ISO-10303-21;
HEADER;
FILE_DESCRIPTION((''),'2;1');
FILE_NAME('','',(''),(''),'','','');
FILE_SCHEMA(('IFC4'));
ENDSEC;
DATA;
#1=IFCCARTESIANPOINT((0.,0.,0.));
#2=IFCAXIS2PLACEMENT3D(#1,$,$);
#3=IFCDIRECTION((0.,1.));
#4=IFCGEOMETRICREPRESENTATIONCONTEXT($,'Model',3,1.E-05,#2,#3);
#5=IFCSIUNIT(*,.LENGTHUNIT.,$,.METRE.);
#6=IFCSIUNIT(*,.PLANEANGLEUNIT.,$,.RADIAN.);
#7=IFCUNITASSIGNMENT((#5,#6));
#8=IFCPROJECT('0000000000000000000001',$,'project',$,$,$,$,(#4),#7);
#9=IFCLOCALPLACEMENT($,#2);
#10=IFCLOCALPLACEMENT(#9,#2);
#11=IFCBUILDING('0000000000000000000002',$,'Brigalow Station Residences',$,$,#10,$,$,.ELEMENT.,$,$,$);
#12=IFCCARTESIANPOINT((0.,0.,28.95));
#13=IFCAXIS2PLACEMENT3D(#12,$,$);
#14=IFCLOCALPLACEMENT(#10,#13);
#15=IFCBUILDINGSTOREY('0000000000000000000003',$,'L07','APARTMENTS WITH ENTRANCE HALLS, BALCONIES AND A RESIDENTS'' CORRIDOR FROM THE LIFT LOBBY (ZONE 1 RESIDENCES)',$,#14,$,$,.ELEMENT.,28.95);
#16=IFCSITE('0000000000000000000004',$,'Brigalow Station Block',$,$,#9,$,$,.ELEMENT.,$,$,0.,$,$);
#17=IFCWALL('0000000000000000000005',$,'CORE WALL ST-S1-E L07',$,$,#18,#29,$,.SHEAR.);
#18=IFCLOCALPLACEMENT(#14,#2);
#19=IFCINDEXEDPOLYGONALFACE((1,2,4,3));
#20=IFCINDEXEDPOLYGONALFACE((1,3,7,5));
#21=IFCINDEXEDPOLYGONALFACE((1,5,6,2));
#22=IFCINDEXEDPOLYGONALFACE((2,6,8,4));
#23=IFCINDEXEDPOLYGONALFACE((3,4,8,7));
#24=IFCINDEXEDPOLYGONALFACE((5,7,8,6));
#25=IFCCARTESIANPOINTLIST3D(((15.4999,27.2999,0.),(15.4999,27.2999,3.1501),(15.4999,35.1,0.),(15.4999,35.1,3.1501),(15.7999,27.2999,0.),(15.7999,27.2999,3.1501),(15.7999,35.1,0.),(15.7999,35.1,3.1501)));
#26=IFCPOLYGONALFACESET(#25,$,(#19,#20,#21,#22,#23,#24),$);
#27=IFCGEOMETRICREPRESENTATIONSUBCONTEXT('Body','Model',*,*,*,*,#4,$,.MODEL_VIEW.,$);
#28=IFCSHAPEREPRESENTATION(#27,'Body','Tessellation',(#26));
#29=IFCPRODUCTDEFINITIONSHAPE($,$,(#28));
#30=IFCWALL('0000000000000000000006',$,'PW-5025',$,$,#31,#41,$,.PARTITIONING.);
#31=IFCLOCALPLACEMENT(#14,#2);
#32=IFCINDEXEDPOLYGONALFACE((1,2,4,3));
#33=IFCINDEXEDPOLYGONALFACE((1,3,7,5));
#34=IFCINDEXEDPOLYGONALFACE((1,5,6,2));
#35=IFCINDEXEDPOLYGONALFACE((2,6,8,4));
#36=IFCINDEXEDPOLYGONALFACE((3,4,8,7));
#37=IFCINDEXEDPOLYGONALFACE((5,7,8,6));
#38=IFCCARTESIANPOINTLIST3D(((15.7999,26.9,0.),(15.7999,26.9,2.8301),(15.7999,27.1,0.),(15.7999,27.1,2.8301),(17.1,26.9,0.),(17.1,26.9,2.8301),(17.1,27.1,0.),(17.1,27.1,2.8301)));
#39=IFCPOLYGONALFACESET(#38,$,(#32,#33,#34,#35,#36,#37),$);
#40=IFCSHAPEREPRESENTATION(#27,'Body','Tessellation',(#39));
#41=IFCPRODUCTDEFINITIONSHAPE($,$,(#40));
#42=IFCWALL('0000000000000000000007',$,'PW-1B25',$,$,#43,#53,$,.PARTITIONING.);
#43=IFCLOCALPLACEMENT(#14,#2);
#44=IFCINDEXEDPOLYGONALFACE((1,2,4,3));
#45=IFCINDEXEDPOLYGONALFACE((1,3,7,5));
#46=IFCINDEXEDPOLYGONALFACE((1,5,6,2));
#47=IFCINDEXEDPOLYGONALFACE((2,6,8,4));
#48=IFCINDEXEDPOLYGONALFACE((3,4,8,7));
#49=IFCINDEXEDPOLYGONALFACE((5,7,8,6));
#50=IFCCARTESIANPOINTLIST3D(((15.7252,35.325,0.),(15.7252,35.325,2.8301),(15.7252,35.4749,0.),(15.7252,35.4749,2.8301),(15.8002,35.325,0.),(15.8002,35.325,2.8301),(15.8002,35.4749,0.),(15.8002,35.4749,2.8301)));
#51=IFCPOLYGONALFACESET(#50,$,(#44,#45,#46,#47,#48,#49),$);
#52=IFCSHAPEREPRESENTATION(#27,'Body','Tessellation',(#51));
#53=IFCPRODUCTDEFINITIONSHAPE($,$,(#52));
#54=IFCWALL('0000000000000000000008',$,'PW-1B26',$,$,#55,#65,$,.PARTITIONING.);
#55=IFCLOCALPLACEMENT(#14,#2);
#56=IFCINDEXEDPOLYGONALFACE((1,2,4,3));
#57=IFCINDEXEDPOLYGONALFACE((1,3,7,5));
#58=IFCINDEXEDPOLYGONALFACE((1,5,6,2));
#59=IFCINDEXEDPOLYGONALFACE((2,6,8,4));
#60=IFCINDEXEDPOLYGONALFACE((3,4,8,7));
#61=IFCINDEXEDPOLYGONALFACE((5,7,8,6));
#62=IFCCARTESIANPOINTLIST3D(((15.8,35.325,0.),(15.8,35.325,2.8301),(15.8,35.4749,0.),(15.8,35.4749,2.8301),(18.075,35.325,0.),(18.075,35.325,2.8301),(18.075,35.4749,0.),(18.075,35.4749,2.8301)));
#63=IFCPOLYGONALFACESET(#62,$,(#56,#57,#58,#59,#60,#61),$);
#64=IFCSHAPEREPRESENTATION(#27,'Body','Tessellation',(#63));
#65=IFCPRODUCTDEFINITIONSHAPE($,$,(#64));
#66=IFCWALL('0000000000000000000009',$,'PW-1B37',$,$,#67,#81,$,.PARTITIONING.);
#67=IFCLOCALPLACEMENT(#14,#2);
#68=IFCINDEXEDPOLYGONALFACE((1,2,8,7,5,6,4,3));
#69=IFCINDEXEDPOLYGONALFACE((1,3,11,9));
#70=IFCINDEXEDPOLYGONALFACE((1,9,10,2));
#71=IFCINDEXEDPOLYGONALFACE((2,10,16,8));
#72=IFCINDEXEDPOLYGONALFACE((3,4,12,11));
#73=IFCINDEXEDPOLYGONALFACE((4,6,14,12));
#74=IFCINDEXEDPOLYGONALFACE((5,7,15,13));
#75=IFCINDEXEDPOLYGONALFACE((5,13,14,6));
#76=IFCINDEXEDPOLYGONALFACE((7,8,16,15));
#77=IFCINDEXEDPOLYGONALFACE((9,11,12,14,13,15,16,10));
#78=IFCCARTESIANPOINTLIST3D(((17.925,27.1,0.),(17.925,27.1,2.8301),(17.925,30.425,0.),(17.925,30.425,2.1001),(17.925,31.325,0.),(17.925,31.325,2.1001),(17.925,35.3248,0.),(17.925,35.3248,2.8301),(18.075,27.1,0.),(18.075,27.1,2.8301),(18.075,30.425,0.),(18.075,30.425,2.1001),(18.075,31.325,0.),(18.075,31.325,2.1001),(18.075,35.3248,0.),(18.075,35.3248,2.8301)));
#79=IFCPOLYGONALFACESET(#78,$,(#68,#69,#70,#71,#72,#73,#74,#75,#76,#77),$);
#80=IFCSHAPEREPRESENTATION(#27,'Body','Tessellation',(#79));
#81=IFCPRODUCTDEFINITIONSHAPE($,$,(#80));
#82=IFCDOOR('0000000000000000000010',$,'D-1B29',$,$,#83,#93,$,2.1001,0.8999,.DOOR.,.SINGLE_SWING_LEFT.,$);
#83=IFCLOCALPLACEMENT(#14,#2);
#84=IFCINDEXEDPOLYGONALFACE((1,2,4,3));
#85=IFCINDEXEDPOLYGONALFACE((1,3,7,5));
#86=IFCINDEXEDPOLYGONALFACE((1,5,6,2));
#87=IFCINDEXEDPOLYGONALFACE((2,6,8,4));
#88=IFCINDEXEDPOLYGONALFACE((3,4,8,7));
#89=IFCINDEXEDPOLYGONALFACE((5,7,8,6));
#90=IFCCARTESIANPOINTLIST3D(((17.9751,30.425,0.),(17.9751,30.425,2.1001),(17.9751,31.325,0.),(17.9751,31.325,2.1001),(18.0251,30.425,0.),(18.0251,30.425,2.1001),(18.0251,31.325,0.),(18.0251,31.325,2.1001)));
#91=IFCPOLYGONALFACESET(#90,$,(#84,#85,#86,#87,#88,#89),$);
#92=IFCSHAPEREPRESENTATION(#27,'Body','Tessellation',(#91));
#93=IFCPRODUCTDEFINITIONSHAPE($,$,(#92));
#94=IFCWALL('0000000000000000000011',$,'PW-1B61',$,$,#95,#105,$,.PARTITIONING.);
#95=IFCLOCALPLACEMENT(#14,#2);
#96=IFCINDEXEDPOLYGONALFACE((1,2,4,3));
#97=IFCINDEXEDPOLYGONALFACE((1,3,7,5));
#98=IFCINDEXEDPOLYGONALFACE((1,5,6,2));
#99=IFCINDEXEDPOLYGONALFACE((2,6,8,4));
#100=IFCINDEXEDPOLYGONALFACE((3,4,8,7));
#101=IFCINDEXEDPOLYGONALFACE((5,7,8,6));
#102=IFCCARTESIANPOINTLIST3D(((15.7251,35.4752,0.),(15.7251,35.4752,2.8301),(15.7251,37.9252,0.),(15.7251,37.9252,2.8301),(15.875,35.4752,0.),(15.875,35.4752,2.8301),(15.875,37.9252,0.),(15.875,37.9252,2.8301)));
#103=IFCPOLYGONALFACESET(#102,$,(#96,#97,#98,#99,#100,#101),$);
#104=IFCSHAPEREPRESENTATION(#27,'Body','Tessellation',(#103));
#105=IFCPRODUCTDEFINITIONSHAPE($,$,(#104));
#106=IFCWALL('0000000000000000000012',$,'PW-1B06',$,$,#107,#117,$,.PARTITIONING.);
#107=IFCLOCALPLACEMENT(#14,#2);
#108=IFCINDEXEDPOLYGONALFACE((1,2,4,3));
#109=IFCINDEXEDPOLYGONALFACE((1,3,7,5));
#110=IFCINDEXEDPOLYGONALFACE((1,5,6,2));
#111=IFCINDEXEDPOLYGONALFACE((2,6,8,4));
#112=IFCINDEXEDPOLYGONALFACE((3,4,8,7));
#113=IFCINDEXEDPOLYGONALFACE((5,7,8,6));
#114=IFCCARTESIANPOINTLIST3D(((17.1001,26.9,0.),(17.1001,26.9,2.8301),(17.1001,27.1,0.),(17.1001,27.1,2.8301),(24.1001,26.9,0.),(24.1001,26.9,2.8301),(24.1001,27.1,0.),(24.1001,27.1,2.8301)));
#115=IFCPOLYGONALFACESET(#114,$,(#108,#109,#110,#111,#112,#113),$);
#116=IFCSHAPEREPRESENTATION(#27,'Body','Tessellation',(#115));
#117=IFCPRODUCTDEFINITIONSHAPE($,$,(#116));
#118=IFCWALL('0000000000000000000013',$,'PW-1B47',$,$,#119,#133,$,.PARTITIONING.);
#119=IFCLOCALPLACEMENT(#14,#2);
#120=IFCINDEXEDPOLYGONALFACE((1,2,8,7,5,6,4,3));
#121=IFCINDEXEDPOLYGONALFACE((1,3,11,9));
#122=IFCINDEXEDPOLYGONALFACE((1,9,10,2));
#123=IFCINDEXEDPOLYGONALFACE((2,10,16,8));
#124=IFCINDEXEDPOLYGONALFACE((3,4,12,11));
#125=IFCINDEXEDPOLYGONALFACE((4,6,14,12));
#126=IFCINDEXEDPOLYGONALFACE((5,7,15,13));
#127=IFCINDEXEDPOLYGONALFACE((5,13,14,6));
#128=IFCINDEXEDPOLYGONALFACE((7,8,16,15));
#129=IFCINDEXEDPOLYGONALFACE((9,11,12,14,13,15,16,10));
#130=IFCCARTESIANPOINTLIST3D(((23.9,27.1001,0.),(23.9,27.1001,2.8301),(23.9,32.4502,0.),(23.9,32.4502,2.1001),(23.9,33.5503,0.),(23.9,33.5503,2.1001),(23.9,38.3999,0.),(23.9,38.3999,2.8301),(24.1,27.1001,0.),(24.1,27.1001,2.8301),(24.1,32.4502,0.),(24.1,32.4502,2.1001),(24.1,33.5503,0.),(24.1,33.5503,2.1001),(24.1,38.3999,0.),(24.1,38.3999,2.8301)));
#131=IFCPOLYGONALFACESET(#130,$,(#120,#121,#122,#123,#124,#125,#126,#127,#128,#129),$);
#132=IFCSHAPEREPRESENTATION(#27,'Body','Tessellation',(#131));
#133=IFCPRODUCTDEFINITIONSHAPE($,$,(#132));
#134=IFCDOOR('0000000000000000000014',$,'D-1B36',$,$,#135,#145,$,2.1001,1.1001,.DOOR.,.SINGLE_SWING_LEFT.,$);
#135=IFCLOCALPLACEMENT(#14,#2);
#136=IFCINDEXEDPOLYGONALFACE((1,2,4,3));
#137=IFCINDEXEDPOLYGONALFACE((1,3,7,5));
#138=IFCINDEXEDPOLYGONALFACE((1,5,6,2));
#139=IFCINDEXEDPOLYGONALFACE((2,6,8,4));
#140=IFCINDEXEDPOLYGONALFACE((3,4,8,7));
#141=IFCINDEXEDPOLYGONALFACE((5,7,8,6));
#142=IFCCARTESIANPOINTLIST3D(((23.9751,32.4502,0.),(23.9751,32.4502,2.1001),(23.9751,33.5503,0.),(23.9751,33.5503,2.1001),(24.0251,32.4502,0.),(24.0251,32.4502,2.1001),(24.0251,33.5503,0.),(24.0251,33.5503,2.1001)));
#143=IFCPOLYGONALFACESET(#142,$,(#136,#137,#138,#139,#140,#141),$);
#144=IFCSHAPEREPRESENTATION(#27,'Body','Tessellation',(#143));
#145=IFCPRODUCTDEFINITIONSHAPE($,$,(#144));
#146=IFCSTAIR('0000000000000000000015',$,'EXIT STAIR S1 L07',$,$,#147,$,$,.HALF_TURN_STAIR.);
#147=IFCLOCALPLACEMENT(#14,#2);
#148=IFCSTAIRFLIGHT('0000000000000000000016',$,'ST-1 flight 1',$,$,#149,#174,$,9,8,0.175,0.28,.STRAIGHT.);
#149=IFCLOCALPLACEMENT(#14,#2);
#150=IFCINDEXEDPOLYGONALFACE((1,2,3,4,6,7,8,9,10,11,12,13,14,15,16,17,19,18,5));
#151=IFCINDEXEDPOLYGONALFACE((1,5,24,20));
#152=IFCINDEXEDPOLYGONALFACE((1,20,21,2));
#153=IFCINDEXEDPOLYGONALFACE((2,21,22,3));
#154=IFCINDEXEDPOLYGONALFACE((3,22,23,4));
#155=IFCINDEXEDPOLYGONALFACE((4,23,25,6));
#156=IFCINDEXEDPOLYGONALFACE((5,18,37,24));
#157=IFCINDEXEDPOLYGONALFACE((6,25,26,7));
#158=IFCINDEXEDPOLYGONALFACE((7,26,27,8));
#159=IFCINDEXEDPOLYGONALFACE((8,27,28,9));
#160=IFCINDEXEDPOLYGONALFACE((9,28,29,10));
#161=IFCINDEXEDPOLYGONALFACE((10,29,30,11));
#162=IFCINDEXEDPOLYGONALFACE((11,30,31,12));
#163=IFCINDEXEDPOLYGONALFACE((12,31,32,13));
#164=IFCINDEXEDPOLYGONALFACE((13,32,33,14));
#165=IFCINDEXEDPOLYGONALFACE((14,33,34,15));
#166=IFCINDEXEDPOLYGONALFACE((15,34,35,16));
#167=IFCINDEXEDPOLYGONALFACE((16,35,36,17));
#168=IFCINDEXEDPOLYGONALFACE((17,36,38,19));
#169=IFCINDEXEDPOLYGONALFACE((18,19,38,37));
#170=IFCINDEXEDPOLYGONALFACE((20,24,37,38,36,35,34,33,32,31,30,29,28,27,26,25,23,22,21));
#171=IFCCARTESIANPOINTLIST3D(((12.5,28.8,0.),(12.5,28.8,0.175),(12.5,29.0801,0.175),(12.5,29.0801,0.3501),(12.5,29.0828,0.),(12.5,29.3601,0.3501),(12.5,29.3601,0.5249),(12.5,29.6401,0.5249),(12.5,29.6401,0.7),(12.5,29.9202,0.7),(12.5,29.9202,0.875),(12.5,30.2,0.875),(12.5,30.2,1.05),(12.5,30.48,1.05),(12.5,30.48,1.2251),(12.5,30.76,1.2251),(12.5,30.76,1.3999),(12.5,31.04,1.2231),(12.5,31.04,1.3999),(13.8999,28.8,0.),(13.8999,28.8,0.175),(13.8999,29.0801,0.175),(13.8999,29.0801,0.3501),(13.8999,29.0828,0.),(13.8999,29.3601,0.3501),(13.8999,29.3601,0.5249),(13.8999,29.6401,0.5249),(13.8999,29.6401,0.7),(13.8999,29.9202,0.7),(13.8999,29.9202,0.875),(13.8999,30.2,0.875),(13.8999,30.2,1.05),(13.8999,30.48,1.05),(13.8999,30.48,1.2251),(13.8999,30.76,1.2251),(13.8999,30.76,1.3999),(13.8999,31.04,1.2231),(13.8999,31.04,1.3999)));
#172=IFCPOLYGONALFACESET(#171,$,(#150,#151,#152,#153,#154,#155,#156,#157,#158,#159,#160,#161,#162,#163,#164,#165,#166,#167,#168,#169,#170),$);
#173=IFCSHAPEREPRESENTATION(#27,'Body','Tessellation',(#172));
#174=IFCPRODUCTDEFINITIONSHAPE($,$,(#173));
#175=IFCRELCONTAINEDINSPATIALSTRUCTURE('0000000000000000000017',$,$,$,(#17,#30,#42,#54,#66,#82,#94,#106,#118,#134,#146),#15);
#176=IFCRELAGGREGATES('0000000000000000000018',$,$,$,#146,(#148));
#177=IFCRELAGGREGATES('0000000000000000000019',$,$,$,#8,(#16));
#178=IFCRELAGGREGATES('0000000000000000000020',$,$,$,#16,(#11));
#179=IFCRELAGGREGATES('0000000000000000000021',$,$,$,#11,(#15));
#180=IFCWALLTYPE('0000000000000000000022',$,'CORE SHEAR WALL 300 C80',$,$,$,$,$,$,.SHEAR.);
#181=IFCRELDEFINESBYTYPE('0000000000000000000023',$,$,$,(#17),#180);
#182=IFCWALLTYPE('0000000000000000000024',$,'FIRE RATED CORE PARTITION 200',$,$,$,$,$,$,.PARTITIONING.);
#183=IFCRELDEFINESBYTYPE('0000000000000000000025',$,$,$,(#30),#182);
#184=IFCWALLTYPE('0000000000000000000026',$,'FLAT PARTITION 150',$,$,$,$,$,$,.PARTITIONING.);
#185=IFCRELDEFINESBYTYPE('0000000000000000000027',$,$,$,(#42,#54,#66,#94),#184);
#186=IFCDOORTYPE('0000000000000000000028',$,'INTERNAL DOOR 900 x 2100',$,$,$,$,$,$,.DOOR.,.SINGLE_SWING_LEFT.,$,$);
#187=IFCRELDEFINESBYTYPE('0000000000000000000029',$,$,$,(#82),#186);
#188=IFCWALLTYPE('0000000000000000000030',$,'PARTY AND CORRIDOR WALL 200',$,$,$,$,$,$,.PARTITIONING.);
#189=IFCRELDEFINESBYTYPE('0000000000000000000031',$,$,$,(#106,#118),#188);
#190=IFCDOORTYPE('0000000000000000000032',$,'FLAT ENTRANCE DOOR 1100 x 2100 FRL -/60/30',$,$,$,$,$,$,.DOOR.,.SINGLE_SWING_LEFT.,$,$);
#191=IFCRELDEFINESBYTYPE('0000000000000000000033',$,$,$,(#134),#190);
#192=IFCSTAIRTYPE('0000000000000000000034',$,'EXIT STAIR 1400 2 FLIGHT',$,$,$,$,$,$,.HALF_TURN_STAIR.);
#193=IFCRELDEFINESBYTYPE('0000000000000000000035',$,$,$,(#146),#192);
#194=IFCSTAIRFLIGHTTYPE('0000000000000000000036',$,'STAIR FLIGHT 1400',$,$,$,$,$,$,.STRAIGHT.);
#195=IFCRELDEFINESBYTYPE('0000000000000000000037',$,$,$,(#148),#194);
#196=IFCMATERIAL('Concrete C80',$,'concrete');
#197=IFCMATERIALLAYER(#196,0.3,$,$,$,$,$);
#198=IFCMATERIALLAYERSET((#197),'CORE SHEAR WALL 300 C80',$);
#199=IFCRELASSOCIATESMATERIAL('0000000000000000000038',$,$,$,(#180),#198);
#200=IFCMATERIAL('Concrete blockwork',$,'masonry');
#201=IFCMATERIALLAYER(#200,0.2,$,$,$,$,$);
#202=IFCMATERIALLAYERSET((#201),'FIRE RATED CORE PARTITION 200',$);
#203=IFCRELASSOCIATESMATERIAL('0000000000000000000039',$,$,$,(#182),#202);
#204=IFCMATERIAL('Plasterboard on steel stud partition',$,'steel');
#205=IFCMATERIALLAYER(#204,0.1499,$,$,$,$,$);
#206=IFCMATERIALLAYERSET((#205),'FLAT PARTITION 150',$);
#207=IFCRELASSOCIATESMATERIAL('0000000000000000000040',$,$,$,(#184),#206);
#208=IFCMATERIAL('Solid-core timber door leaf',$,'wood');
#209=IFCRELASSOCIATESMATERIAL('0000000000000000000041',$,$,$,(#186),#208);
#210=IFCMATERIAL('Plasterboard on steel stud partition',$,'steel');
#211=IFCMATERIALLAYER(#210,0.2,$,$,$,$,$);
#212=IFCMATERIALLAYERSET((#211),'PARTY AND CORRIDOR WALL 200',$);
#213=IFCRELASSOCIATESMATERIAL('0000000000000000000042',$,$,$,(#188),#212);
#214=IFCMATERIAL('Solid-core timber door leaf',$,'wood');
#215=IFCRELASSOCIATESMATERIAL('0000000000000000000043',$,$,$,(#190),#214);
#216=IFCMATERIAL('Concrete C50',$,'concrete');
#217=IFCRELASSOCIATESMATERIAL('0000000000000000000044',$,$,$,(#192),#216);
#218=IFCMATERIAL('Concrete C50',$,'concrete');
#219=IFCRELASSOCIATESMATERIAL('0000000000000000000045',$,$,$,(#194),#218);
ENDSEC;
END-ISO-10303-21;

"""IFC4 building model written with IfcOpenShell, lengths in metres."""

from ifc_helpers import new_model, si_unit, direction, frame, frame_2d, origin, place, context, subcontext, project, spatial, polyline, rectangle, outline, extrude, material, layer, layer_set, type_object, element, fill, aggregate, save


model = new_model("IFC4")

# Units and contexts
model_context = context("Model", 3, precision=1e-05, world=origin(), true_north=direction((0.0, 1.0)))
body_context = subcontext(model_context, "Body", "Model", "MODEL_VIEW")
ifc_project = project(units=[si_unit("LENGTHUNIT", "METRE"), si_unit("PLANEANGLEUNIT", "RADIAN")], contexts=[model_context])

# Site, building, storey
site_placement = place(None, origin())
site = spatial("IfcSite", under=ifc_project, at=site_placement, Name="Brigalow Station Block", CompositionType="ELEMENT", RefElevation=0.0)
building_placement = place(site_placement, origin())
building = spatial("IfcBuilding", under=site, at=building_placement, Name="Brigalow Station Residences", CompositionType="ELEMENT")
storey_placement = place(building_placement, frame((0.0, 0.0, 28.95)))
storey = spatial("IfcBuildingStorey", under=building, at=storey_placement, Name="L07", Description="APARTMENTS WITH ENTRANCE HALLS, BALCONIES AND A RESIDENTS' CORRIDOR FROM THE LIFT LOBBY (ZONE 1 RESIDENCES)", CompositionType="ELEMENT", Elevation=28.95)

# Walls
ifc_material_1 = material(Name="Concrete C80", Category="concrete")
ifc_layer_1 = layer(ifc_material_1, 0.3)
ifc_layer_set_1 = layer_set([ifc_layer_1], Name="CORE SHEAR WALL 300 C80")
wall_type_1 = type_object("IfcWallType", Name="CORE SHEAR WALL 300 C80", PredefinedType="SHEAR", material=ifc_layer_set_1)
wall_1_placement = place(storey_placement, frame((15.6499, 27.3, 0.0), z_axis=(0.0, 0.0, 1.0), x_axis=(0.0, 1.0, 0.0)))
element("IfcWall", 1, at=wall_1_placement, inside=storey, type_object=wall_type_1, Name="CORE WALL ST-S1-E L07", PredefinedType="SHEAR", context=body_context, shape_type="SweptSolid", body=[
    extrude(rectangle(XDim=7.8, YDim=0.3, at=frame_2d((3.8999, 0.0))), origin(), (0.0, 0.0, 1.0), 3.1501),
])
ifc_material_2 = material(Name="Concrete blockwork", Category="masonry")
ifc_layer_2 = layer(ifc_material_2, 0.2)
ifc_layer_set_2 = layer_set([ifc_layer_2], Name="FIRE RATED CORE PARTITION 200")
wall_type_2 = type_object("IfcWallType", Name="FIRE RATED CORE PARTITION 200", PredefinedType="PARTITIONING", material=ifc_layer_set_2)
wall_2_placement = place(storey_placement, frame((15.8, 27.0, 0.0), z_axis=(0.0, 0.0, 1.0), x_axis=(1.0, 0.0, 0.0)))
element("IfcWall", 2, at=wall_2_placement, inside=storey, type_object=wall_type_2, Name="PW-5025", PredefinedType="PARTITIONING", context=body_context, shape_type="SweptSolid", body=[
    extrude(rectangle(XDim=1.3, YDim=0.2, at=frame_2d((0.6499, 0.0))), origin(), (0.0, 0.0, 1.0), 2.8301),
])
ifc_material_3 = material(Name="Plasterboard on steel stud partition", Category="steel")
ifc_layer_3 = layer(ifc_material_3, 0.1499)
ifc_layer_set_3 = layer_set([ifc_layer_3], Name="FLAT PARTITION 150")
wall_type_3 = type_object("IfcWallType", Name="FLAT PARTITION 150", PredefinedType="PARTITIONING", material=ifc_layer_set_3)
wall_3_placement = place(storey_placement, frame((15.7251, 35.3999, 0.0), z_axis=(0.0, 0.0, 1.0), x_axis=(1.0, 0.0, 0.0)))
element("IfcWall", 3, at=wall_3_placement, inside=storey, type_object=wall_type_3, Name="PW-1B25", PredefinedType="PARTITIONING", context=body_context, shape_type="SweptSolid", body=[
    extrude(rectangle(XDim=0.075, YDim=0.1499, at=frame_2d((0.0376, 0.0))), origin(), (0.0, 0.0, 1.0), 2.8301),
])
wall_4_placement = place(storey_placement, frame((15.8, 35.3999, 0.0), z_axis=(0.0, 0.0, 1.0), x_axis=(1.0, 0.0, 0.0)))
element("IfcWall", 4, at=wall_4_placement, inside=storey, type_object=wall_type_3, Name="PW-1B26", PredefinedType="PARTITIONING", context=body_context, shape_type="SweptSolid", body=[
    extrude(rectangle(XDim=2.2749, YDim=0.1499, at=frame_2d((1.1375, 0.0))), origin(), (0.0, 0.0, 1.0), 2.8301),
])

# Wall, opening, door
wall_5_placement = place(storey_placement, frame((18.0, 27.1001, 0.0), z_axis=(0.0, 0.0, 1.0), x_axis=(0.0, 1.0, 0.0)))
wall_5 = element("IfcWall", 5, at=wall_5_placement, inside=storey, type_object=wall_type_3, Name="PW-1B37", PredefinedType="PARTITIONING", context=body_context, shape_type="SweptSolid", body=[
    extrude(rectangle(XDim=8.2249, YDim=0.1499, at=frame_2d((4.1123, 0.0))), origin(), (0.0, 0.0, 1.0), 2.8301),
])
opening_1_placement = place(wall_5_placement, frame((3.325, 0.0, 0.0)))
opening_1 = element("IfcOpeningElement", 6, at=opening_1_placement, cuts=wall_5, PredefinedType="OPENING", context=body_context, shape_type="SweptSolid", body=[
    extrude(rectangle(XDim=0.8999, YDim=2.1001, at=frame_2d((0.45, 1.05))), frame((0.0, 0.085, 0.0), z_axis=(0.0, -1.0, 0.0), x_axis=(1.0, 0.0, 0.0)), (0.0, 0.0, 1.0), 0.1699),
])
ifc_material_4 = material(Name="Solid-core timber door leaf", Category="wood")
door_type_1 = type_object("IfcDoorType", Name="INTERNAL DOOR 900 x 2100", OperationType="SINGLE_SWING_LEFT", PredefinedType="DOOR", material=ifc_material_4)
door_1_placement = place(opening_1_placement, origin())
door_1 = element("IfcDoor", 7, at=door_1_placement, inside=storey, type_object=door_type_1, Name="D-1B29", OperationType="SINGLE_SWING_LEFT", OverallHeight=2.1001, OverallWidth=0.8999, PredefinedType="DOOR", context=body_context, shape_type="SweptSolid", body=[
    extrude(rectangle(XDim=0.8999, YDim=2.1001, at=frame_2d((0.45, 1.05))), frame((0.0, 0.0249, 0.0), z_axis=(0.0, -1.0, 0.0), x_axis=(1.0, 0.0, 0.0)), (0.0, 0.0, 1.0), 0.05),
])
fill(opening_1, door_1)

# Walls
wall_6_placement = place(storey_placement, frame((15.8, 35.4751, 0.0), z_axis=(0.0, 0.0, 1.0), x_axis=(0.0, 1.0, 0.0)))
element("IfcWall", 8, at=wall_6_placement, inside=storey, type_object=wall_type_3, Name="PW-1B61", PredefinedType="PARTITIONING", context=body_context, shape_type="SweptSolid", body=[
    extrude(rectangle(XDim=2.45, YDim=0.1499, at=frame_2d((1.2251, 0.0))), origin(), (0.0, 0.0, 1.0), 2.8301),
])
ifc_material_5 = material(Name="Plasterboard on steel stud partition", Category="steel")
ifc_layer_4 = layer(ifc_material_5, 0.2)
ifc_layer_set_4 = layer_set([ifc_layer_4], Name="PARTY AND CORRIDOR WALL 200")
wall_type_4 = type_object("IfcWallType", Name="PARTY AND CORRIDOR WALL 200", PredefinedType="PARTITIONING", material=ifc_layer_set_4)
wall_7_placement = place(storey_placement, frame((17.1001, 27.0, 0.0), z_axis=(0.0, 0.0, 1.0), x_axis=(1.0, 0.0, 0.0)))
element("IfcWall", 9, at=wall_7_placement, inside=storey, type_object=wall_type_4, Name="PW-1B06", PredefinedType="PARTITIONING", context=body_context, shape_type="SweptSolid", body=[
    extrude(rectangle(XDim=7.0, YDim=0.2, at=frame_2d((3.5, 0.0))), origin(), (0.0, 0.0, 1.0), 2.8301),
])

# Wall, opening, door
wall_8_placement = place(storey_placement, frame((24.0, 27.1001, 0.0), z_axis=(0.0, 0.0, 1.0), x_axis=(0.0, 1.0, 0.0)))
wall_8 = element("IfcWall", 10, at=wall_8_placement, inside=storey, type_object=wall_type_4, Name="PW-1B47", PredefinedType="PARTITIONING", context=body_context, shape_type="SweptSolid", body=[
    extrude(rectangle(XDim=11.2998, YDim=0.2, at=frame_2d((5.6499, 0.0))), origin(), (0.0, 0.0, 1.0), 2.8301),
])
opening_2_placement = place(wall_8_placement, frame((5.3501, 0.0, 0.0)))
opening_2 = element("IfcOpeningElement", 11, at=opening_2_placement, cuts=wall_8, PredefinedType="OPENING", context=body_context, shape_type="SweptSolid", body=[
    extrude(rectangle(XDim=1.1001, YDim=2.1001, at=frame_2d((0.55, 1.05))), frame((0.0, 0.1099, 0.0), z_axis=(0.0, -1.0, 0.0), x_axis=(1.0, 0.0, 0.0)), (0.0, 0.0, 1.0), 0.22),
])
ifc_material_6 = material(Name="Solid-core timber door leaf", Category="wood")
door_type_2 = type_object("IfcDoorType", Name="FLAT ENTRANCE DOOR 1100 x 2100 FRL -/60/30", OperationType="SINGLE_SWING_LEFT", PredefinedType="DOOR", material=ifc_material_6)
door_2_placement = place(opening_2_placement, origin())
door_2 = element("IfcDoor", 12, at=door_2_placement, inside=storey, type_object=door_type_2, Name="D-1B36", OperationType="SINGLE_SWING_LEFT", OverallHeight=2.1001, OverallWidth=1.1001, PredefinedType="DOOR", context=body_context, shape_type="SweptSolid", body=[
    extrude(rectangle(XDim=1.1001, YDim=2.1001, at=frame_2d((0.55, 1.05))), frame((0.0, 0.0249, 0.0), z_axis=(0.0, -1.0, 0.0), x_axis=(1.0, 0.0, 0.0)), (0.0, 0.0, 1.0), 0.05),
])
fill(opening_2, door_2)

# Stair, stair flight
ifc_material_7 = material(Name="Concrete C50", Category="concrete")
stair_type = type_object("IfcStairType", Name="EXIT STAIR 1400 2 FLIGHT", PredefinedType="HALF_TURN_STAIR", material=ifc_material_7)
stair_placement = place(storey_placement, origin())
stair = element("IfcStair", 13, at=stair_placement, inside=storey, type_object=stair_type, Name="EXIT STAIR S1 L07", PredefinedType="HALF_TURN_STAIR")
ifc_material_8 = material(Name="Concrete C50", Category="concrete")
stair_flight_type = type_object("IfcStairFlightType", Name="STAIR FLIGHT 1400", PredefinedType="STRAIGHT", material=ifc_material_8)
stair_flight_1_placement = place(storey_placement, frame((13.2, 28.8, 0.0), z_axis=(0.0, 0.0, 1.0), x_axis=(0.0, 1.0, 0.0)))
stair_flight_1 = element("IfcStairFlight", 14, at=stair_flight_1_placement, type_object=stair_flight_type, Name="ST-1 flight 1", NumberOfRisers=9, NumberOfTreads=8, PredefinedType="STRAIGHT", RiserHeight=0.175, TreadLength=0.28, context=body_context, shape_type="SweptSolid", body=[
    extrude(outline(polyline([(0.0, 0.0), (0.0, 0.175), (0.28, 0.175), (0.28, 0.3501), (0.5601, 0.3501), (0.5601, 0.5249), (0.8401, 0.5249), (0.8401, 0.7), (1.1201, 0.7), (1.1201, 0.875), (1.3999, 0.875), (1.3999, 1.05), (1.6799, 1.05), (1.6799, 1.2251), (1.96, 1.2251), (1.96, 1.3999), (2.24, 1.3999), (2.24, 1.575), (2.24, 1.2231), (0.2827, 0.0), (0.0, 0.0)])), frame((0.0, 0.7, 0.0), z_axis=(0.0, -1.0, 0.0), x_axis=(1.0, 0.0, 0.0)), (0.0, 0.0, 1.0), 1.3999),
])
aggregate(stair, [stair_flight_1])

save(model, "model.ifc")
